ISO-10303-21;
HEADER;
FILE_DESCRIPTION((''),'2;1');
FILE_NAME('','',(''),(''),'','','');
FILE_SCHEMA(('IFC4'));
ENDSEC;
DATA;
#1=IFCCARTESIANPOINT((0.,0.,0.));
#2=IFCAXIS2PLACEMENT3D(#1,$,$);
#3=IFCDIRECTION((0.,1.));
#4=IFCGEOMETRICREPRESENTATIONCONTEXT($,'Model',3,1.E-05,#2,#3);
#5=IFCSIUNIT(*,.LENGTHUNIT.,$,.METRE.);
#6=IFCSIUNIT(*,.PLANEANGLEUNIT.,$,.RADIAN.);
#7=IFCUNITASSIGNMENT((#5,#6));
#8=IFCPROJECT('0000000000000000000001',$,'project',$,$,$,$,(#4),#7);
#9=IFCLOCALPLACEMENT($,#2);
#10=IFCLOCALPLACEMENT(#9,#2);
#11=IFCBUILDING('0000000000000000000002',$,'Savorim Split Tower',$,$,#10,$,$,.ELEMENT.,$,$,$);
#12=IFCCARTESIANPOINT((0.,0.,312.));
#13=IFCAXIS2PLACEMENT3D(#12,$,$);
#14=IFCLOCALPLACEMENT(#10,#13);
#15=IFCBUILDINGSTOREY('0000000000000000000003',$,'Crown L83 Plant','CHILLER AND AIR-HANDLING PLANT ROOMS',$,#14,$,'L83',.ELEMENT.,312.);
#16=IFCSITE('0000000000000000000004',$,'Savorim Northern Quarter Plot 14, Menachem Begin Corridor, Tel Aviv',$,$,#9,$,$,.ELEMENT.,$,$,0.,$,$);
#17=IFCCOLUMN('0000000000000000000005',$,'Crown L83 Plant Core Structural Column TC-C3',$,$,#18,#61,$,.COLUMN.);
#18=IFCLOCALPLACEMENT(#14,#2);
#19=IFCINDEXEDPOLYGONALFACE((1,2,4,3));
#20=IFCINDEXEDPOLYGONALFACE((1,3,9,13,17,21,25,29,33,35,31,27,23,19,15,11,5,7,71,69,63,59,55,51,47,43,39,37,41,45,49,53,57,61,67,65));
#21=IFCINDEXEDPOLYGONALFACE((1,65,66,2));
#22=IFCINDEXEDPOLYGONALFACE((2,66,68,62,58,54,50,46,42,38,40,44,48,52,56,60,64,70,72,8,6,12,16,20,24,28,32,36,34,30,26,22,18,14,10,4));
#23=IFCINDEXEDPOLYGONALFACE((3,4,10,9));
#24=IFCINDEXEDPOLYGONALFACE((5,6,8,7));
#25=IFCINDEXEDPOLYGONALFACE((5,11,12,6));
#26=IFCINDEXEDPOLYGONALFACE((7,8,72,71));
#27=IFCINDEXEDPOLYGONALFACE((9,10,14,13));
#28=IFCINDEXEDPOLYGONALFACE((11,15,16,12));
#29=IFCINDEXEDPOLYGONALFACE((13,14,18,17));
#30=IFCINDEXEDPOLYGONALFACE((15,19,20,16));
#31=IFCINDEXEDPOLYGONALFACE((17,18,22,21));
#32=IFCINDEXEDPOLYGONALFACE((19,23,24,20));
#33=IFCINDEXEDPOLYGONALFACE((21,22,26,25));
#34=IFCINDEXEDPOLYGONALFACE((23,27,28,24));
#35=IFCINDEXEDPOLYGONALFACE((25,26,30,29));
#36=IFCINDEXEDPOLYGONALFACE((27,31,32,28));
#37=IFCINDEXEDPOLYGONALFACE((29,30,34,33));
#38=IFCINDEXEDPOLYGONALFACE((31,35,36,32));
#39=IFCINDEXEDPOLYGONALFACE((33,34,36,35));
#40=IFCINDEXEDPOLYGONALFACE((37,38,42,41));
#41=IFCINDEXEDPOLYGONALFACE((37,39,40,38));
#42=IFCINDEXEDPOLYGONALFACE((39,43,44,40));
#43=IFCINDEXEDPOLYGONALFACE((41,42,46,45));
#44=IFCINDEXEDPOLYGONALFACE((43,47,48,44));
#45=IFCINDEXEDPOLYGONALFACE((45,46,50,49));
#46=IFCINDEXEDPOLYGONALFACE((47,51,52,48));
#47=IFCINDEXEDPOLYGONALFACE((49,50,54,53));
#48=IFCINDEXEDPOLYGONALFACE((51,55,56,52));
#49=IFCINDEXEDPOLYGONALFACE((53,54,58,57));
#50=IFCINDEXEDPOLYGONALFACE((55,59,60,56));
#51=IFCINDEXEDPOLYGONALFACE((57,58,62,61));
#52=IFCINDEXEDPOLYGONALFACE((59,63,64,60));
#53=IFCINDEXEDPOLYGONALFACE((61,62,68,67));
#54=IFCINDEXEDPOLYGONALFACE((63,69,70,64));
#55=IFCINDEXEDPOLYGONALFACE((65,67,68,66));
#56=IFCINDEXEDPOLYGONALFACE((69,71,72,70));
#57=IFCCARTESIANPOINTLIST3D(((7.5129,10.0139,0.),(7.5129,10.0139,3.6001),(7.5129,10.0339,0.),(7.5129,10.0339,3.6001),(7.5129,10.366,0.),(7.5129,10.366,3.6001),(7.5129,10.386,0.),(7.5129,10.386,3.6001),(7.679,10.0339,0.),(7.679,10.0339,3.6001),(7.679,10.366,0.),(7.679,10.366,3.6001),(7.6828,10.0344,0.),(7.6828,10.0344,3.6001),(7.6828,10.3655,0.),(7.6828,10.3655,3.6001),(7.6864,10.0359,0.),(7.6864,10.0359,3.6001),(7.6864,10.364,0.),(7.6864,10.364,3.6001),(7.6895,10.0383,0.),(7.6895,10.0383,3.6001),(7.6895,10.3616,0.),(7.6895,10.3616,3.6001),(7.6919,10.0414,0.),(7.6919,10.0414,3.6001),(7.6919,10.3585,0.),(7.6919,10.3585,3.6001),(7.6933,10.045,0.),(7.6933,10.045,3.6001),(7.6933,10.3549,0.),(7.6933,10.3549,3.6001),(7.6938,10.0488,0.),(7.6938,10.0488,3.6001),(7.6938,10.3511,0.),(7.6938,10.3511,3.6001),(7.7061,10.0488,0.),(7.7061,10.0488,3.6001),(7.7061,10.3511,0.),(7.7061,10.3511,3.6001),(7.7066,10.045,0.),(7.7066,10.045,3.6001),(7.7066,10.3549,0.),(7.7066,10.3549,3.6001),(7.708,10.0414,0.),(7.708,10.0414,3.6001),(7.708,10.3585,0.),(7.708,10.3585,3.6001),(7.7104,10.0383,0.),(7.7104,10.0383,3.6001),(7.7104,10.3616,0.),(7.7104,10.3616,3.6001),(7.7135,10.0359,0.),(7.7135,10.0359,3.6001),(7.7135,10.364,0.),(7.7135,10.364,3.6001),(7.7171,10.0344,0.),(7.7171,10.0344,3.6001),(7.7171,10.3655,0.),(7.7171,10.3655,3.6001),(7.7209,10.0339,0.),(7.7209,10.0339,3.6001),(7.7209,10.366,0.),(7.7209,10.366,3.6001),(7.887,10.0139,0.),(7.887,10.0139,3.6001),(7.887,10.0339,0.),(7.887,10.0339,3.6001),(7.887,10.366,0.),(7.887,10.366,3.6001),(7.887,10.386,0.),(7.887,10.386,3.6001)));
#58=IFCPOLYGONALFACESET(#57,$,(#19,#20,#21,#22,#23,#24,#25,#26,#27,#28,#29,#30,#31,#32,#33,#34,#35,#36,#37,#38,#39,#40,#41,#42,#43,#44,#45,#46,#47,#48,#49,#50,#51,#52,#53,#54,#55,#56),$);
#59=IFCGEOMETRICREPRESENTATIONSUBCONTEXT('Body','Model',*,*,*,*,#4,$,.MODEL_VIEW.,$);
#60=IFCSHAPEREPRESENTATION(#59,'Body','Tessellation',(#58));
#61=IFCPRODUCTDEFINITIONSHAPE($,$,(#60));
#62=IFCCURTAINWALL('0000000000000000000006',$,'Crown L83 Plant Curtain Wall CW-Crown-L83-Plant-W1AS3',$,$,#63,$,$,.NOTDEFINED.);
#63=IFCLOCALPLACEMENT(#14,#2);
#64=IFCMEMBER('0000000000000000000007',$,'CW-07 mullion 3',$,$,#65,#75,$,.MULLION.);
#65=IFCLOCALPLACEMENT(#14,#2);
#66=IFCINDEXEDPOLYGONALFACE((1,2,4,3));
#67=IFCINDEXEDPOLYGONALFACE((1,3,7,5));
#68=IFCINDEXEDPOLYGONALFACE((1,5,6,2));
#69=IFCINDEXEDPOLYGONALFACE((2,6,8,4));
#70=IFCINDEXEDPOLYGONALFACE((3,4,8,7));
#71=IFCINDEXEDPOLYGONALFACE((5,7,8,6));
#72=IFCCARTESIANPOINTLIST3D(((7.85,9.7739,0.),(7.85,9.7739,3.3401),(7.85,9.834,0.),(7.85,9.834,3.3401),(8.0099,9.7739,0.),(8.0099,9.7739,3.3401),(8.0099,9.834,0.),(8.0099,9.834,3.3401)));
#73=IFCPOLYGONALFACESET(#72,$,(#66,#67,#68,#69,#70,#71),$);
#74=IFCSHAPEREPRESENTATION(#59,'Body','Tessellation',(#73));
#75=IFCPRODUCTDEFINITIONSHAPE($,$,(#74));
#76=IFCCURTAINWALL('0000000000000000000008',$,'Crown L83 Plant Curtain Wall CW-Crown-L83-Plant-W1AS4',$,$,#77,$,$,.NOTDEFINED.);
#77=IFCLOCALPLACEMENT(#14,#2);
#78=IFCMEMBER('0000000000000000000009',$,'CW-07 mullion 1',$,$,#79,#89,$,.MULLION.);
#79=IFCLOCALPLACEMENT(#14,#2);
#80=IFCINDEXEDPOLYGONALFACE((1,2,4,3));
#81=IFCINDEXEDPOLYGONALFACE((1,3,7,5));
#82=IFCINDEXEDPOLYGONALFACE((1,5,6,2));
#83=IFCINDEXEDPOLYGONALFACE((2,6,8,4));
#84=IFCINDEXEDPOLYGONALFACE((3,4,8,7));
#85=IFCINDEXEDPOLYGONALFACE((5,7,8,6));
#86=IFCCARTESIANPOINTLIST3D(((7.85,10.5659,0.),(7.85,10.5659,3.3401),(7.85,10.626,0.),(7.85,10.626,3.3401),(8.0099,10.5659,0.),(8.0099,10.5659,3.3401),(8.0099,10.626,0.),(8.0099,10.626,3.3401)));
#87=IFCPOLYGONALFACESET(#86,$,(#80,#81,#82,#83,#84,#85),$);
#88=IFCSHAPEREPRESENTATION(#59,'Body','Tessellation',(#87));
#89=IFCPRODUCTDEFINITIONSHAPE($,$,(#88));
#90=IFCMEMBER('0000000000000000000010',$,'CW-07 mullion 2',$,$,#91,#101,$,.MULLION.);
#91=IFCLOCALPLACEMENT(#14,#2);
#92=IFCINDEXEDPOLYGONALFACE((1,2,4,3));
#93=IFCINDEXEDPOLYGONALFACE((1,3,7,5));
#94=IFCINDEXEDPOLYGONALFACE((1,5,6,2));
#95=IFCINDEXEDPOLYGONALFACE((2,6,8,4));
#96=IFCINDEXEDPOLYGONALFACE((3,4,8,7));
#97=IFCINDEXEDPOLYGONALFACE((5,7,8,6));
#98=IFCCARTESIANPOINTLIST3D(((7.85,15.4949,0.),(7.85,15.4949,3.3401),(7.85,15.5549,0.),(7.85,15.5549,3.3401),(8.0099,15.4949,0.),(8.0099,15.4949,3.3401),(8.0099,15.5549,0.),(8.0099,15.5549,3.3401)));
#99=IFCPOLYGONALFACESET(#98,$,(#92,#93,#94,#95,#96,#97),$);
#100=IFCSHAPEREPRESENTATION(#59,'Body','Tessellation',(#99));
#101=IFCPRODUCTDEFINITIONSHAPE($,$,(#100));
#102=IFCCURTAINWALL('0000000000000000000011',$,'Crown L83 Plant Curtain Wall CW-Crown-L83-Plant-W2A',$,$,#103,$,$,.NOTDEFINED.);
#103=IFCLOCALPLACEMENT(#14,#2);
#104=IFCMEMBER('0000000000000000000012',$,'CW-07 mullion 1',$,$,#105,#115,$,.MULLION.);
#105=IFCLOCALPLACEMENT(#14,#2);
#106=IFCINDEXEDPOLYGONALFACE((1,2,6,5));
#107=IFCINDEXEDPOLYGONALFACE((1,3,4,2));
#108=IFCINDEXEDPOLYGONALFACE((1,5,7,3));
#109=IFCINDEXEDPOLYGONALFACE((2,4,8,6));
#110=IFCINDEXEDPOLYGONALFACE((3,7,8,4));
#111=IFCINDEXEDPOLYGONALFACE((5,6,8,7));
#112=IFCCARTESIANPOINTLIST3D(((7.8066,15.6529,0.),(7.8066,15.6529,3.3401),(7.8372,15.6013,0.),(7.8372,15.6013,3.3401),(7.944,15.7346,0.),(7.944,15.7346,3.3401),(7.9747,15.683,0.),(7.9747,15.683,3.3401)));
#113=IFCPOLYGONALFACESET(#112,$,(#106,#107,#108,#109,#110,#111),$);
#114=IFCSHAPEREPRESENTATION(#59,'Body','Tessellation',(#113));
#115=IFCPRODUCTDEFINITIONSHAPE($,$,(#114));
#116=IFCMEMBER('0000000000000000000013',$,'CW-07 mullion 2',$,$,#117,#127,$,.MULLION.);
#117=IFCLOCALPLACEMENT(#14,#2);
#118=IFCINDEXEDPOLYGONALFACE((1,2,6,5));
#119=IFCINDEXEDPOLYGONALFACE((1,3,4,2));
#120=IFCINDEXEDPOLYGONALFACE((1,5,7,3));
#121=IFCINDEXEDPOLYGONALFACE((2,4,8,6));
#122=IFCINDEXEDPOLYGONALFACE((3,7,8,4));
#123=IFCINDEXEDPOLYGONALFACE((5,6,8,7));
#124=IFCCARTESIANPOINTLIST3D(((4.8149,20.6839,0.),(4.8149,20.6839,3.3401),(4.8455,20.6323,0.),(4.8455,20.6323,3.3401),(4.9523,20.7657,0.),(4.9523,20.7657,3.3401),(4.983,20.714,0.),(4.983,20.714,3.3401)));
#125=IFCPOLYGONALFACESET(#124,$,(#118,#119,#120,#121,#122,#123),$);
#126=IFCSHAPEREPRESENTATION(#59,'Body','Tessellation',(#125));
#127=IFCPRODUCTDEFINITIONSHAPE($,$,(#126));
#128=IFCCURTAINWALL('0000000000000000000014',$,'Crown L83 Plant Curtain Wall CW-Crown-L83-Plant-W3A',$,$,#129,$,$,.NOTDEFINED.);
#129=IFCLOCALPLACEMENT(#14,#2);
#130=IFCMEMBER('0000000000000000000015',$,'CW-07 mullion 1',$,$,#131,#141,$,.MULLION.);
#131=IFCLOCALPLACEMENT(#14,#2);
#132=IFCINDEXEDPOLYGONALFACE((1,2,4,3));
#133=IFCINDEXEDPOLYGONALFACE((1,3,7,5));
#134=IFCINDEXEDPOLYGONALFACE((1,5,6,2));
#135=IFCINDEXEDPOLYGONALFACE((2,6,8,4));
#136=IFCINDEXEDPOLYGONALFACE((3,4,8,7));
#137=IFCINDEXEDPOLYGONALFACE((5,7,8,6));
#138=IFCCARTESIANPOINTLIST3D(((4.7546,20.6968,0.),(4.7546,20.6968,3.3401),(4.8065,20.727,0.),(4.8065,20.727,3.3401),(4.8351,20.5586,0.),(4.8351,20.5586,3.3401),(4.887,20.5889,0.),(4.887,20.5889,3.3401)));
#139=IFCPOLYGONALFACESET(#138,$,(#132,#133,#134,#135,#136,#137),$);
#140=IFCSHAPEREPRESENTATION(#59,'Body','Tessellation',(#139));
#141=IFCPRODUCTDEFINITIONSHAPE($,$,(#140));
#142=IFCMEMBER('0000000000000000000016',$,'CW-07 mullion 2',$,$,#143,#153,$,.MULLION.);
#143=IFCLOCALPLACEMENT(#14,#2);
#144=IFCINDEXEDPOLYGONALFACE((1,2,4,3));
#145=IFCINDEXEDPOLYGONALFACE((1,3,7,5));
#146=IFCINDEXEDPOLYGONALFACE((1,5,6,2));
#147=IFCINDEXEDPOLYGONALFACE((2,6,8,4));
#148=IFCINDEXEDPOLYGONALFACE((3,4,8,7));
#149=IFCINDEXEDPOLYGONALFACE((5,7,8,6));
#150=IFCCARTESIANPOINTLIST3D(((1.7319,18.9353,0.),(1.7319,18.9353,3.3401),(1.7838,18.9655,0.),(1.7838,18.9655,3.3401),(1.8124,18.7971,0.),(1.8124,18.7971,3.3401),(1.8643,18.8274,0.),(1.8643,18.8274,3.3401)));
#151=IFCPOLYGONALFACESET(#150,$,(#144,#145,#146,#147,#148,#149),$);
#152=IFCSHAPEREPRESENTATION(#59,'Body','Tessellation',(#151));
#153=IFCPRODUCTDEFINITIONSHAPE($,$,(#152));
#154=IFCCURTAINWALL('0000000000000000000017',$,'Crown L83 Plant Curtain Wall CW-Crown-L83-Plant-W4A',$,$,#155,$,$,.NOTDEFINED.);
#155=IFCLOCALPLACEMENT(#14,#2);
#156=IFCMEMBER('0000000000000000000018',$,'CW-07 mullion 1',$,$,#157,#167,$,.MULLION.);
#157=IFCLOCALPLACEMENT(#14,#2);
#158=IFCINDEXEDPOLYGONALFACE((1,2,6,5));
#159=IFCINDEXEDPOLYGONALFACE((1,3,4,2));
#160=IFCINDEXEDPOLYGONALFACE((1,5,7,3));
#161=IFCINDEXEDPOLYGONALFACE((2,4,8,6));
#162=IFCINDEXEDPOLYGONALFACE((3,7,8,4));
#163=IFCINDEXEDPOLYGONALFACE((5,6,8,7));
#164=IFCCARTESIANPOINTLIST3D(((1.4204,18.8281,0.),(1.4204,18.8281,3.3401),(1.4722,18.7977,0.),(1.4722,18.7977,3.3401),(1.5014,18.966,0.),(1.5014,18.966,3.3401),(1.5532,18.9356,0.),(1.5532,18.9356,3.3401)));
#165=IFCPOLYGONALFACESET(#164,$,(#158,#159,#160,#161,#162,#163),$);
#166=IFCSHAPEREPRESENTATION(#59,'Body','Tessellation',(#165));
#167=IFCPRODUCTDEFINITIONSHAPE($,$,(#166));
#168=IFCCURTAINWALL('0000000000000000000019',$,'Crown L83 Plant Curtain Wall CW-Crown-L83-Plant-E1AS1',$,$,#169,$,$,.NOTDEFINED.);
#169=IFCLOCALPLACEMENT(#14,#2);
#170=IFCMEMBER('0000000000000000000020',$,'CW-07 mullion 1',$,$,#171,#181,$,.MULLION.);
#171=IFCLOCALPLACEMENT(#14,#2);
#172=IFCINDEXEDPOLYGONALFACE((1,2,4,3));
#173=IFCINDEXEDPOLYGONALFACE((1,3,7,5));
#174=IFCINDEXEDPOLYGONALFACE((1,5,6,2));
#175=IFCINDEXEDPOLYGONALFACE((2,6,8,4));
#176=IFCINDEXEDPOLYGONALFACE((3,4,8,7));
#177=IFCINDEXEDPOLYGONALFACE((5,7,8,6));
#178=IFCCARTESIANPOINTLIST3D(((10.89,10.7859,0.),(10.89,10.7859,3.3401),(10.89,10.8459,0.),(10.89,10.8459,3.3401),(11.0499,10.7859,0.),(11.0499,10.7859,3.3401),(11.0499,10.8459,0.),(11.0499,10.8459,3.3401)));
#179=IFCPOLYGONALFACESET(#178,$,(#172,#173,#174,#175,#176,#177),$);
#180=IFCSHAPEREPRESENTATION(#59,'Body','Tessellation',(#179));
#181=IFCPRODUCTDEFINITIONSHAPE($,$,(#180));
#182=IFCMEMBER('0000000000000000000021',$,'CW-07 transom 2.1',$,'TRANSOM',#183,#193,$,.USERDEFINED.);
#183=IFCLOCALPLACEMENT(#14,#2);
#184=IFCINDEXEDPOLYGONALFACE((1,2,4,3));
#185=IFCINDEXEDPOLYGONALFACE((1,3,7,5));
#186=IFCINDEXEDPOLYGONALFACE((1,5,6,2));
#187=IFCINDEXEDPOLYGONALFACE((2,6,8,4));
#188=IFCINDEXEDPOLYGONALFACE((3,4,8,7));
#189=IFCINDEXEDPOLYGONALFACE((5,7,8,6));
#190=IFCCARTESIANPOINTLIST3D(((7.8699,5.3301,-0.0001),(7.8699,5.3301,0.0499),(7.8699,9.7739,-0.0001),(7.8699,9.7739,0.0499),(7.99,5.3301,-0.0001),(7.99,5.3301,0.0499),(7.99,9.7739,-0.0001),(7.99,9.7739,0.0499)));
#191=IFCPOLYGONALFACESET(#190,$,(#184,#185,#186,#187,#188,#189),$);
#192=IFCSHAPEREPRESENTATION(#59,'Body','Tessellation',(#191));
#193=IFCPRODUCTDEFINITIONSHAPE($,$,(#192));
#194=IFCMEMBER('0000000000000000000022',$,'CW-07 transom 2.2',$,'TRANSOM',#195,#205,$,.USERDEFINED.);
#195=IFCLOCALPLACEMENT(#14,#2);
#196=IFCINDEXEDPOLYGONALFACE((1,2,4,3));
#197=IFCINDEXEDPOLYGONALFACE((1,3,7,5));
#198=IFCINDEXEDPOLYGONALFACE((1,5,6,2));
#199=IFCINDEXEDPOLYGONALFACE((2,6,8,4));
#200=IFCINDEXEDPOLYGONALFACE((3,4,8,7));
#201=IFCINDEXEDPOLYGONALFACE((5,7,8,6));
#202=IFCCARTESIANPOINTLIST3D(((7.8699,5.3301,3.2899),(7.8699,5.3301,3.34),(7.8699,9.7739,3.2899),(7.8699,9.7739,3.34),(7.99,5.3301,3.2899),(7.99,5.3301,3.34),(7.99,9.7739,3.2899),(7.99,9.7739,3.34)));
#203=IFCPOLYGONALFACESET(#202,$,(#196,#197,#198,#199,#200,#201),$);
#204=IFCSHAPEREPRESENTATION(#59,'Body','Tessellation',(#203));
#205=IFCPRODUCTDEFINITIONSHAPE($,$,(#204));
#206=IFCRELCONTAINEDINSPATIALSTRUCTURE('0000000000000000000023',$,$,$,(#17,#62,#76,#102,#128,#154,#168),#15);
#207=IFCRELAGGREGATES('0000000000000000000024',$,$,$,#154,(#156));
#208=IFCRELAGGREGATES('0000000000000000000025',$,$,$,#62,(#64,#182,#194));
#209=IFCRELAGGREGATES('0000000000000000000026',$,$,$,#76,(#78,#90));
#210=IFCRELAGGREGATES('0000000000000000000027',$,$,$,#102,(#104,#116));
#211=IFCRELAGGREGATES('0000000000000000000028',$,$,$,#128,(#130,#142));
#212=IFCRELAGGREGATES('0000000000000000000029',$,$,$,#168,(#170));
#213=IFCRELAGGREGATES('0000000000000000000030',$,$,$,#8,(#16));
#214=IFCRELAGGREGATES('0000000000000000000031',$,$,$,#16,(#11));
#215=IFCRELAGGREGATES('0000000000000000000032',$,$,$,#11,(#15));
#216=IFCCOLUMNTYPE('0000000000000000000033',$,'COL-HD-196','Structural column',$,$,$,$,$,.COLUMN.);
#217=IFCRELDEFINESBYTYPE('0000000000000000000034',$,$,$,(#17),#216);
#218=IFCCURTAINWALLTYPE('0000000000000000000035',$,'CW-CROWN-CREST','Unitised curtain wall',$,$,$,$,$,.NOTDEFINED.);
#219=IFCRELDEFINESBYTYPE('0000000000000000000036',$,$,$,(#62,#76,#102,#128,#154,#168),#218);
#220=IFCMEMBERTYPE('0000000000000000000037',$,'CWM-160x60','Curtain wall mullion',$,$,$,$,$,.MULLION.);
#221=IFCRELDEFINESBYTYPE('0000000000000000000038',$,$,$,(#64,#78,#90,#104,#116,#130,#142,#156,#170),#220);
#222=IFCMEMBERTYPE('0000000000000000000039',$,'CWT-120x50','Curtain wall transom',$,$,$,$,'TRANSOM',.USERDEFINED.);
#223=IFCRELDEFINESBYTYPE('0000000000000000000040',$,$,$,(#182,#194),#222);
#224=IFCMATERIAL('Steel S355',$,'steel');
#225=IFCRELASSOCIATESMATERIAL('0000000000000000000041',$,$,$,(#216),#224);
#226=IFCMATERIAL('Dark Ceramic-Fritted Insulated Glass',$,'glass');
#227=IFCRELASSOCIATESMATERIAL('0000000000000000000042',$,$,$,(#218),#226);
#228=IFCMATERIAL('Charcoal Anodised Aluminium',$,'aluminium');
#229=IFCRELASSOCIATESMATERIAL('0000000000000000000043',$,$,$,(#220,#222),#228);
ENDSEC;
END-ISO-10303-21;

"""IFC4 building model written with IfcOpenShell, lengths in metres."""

from ifc_helpers import new_model, si_unit, direction, frame, origin, origin_2d, place, context, subcontext, project, spatial, rectangle, i_section, extrude, material, material_profile, profile_set, type_object, element, aggregate, save


model = new_model("IFC4")

# Units and contexts
model_context = context("Model", 3, precision=1e-05, world=origin(), true_north=direction((0.0, 1.0)))
body_context = subcontext(model_context, "Body", "Model", "MODEL_VIEW")
ifc_project = project(units=[si_unit("LENGTHUNIT", "METRE"), si_unit("PLANEANGLEUNIT", "RADIAN")], contexts=[model_context])

# Site, building, storey
site_placement = place(None, origin())
site = spatial("IfcSite", under=ifc_project, at=site_placement, Name="Savorim Northern Quarter Plot 14, Menachem Begin Corridor, Tel Aviv", CompositionType="ELEMENT", RefElevation=0.0)
building_placement = place(site_placement, origin())
building = spatial("IfcBuilding", under=site, at=building_placement, Name="Savorim Split Tower", CompositionType="ELEMENT")
storey_placement = place(building_placement, frame((0.0, 0.0, 312.0)))
storey = spatial("IfcBuildingStorey", under=building, at=storey_placement, Name="Crown L83 Plant", Description="CHILLER AND AIR-HANDLING PLANT ROOMS", LongName="L83", CompositionType="ELEMENT", Elevation=312.0)

# Column
ifc_material_1 = material(Name="Steel S355", Category="steel")
ifc_material_profile_1 = material_profile(ifc_material_1, i_section(OverallWidth=0.374, OverallDepth=0.3721, WebThickness=0.0122, FlangeThickness=0.02, FilletRadius=0.0149, at=origin_2d()), Name="HD 360x196")
ifc_profile_set_1 = profile_set([ifc_material_profile_1], Name="Steel S355")
column_type = type_object("IfcColumnType", Name="COL-HD-196", Description="Structural column", PredefinedType="COLUMN", material=ifc_profile_set_1)
column_placement = place(storey_placement, frame((7.7, 10.2, 0.0), z_axis=(0.0, 0.0, 1.0), x_axis=(1.0, 0.0, 0.0)))
element("IfcColumn", 1, at=column_placement, inside=storey, type_object=column_type, Name="Crown L83 Plant Core Structural Column TC-C3", PredefinedType="COLUMN", context=body_context, shape_type="SweptSolid", body=[
    extrude(i_section(OverallWidth=0.374, OverallDepth=0.3721, WebThickness=0.0122, FlangeThickness=0.02, FilletRadius=0.0149, at=origin_2d()), origin(), (0.0, 0.0, 1.0), 3.6001),
])

# Curtain wall, member
ifc_material_2 = material(Name="Dark Ceramic-Fritted Insulated Glass", Category="glass")
curtain_wall_type = type_object("IfcCurtainWallType", Name="CW-CROWN-CREST", Description="Unitised curtain wall", PredefinedType="NOTDEFINED", material=ifc_material_2)
curtain_wall_1_placement = place(storey_placement, origin())
curtain_wall_1 = element("IfcCurtainWall", 2, at=curtain_wall_1_placement, inside=storey, type_object=curtain_wall_type, Name="Crown L83 Plant Curtain Wall CW-Crown-L83-Plant-W1AS3", PredefinedType="NOTDEFINED")
ifc_material_3 = material(Name="Charcoal Anodised Aluminium", Category="aluminium")
ifc_material_profile_2 = material_profile(ifc_material_3, rectangle(XDim=0.1599, YDim=0.0601, at=origin_2d()), Name="ALU-M 160x60")
ifc_profile_set_2 = profile_set([ifc_material_profile_2], Name="Charcoal Anodised Aluminium")
member_type_1 = type_object("IfcMemberType", Name="CWM-160x60", Description="Curtain wall mullion", PredefinedType="MULLION", material=ifc_profile_set_2)
member_1_placement = place(storey_placement, frame((7.9299, 9.804, 0.0), z_axis=(0.0, 0.0, 1.0), x_axis=(-1.0, 0.0, 0.0)))
member_1 = element("IfcMember", 3, at=member_1_placement, type_object=member_type_1, Name="CW-07 mullion 3", PredefinedType="MULLION", context=body_context, shape_type="SweptSolid", body=[
    extrude(rectangle(XDim=0.1599, YDim=0.0601, at=origin_2d()), origin(), (0.0, 0.0, 1.0), 3.3401),
])

# Curtain walls, members
curtain_wall_2_placement = place(storey_placement, origin())
curtain_wall_2 = element("IfcCurtainWall", 4, at=curtain_wall_2_placement, inside=storey, type_object=curtain_wall_type, Name="Crown L83 Plant Curtain Wall CW-Crown-L83-Plant-W1AS4", PredefinedType="NOTDEFINED")
member_2_placement = place(storey_placement, frame((7.9299, 10.5959, 0.0), z_axis=(0.0, 0.0, 1.0), x_axis=(-1.0, 0.0, 0.0)))
member_2 = element("IfcMember", 5, at=member_2_placement, type_object=member_type_1, Name="CW-07 mullion 1", PredefinedType="MULLION", context=body_context, shape_type="SweptSolid", body=[
    extrude(rectangle(XDim=0.1599, YDim=0.0601, at=origin_2d()), origin(), (0.0, 0.0, 1.0), 3.3401),
])
member_3_placement = place(storey_placement, frame((7.9299, 15.5249, 0.0), z_axis=(0.0, 0.0, 1.0), x_axis=(-1.0, 0.0, 0.0)))
member_3 = element("IfcMember", 6, at=member_3_placement, type_object=member_type_1, Name="CW-07 mullion 2", PredefinedType="MULLION", context=body_context, shape_type="SweptSolid", body=[
    extrude(rectangle(XDim=0.1599, YDim=0.0601, at=origin_2d()), origin(), (0.0, 0.0, 1.0), 3.3401),
])
curtain_wall_3_placement = place(storey_placement, origin())
curtain_wall_3 = element("IfcCurtainWall", 7, at=curtain_wall_3_placement, inside=storey, type_object=curtain_wall_type, Name="Crown L83 Plant Curtain Wall CW-Crown-L83-Plant-W2A", PredefinedType="NOTDEFINED")
member_4_placement = place(storey_placement, frame((7.8906, 15.668, 0.0), z_axis=(0.0, 0.0, 1.0), x_axis=(-0.85952, -0.511102, 0.0)))
member_4 = element("IfcMember", 8, at=member_4_placement, type_object=member_type_1, Name="CW-07 mullion 1", PredefinedType="MULLION", context=body_context, shape_type="SweptSolid", body=[
    extrude(rectangle(XDim=0.1599, YDim=0.0601, at=origin_2d()), origin(), (0.0, 0.0, 1.0), 3.3401),
])
member_5_placement = place(storey_placement, frame((4.8989, 20.699, 0.0), z_axis=(0.0, 0.0, 1.0), x_axis=(-0.85952, -0.511102, 0.0)))
member_5 = element("IfcMember", 9, at=member_5_placement, type_object=member_type_1, Name="CW-07 mullion 2", PredefinedType="MULLION", context=body_context, shape_type="SweptSolid", body=[
    extrude(rectangle(XDim=0.1599, YDim=0.0601, at=origin_2d()), origin(), (0.0, 0.0, 1.0), 3.3401),
])
curtain_wall_4_placement = place(storey_placement, origin())
curtain_wall_4 = element("IfcCurtainWall", 10, at=curtain_wall_4_placement, inside=storey, type_object=curtain_wall_type, Name="Crown L83 Plant Curtain Wall CW-Crown-L83-Plant-W3A", PredefinedType="NOTDEFINED")
member_6_placement = place(storey_placement, frame((4.8208, 20.6428, 0.0), z_axis=(0.0, 0.0, 1.0), x_axis=(0.503523, -0.863982, 0.0)))
member_6 = element("IfcMember", 11, at=member_6_placement, type_object=member_type_1, Name="CW-07 mullion 1", PredefinedType="MULLION", context=body_context, shape_type="SweptSolid", body=[
    extrude(rectangle(XDim=0.1599, YDim=0.0601, at=origin_2d()), origin(), (0.0, 0.0, 1.0), 3.3401),
])
member_7_placement = place(storey_placement, frame((1.7981, 18.8813, 0.0), z_axis=(0.0, 0.0, 1.0), x_axis=(0.503523, -0.863982, 0.0)))
member_7 = element("IfcMember", 12, at=member_7_placement, type_object=member_type_1, Name="CW-07 mullion 2", PredefinedType="MULLION", context=body_context, shape_type="SweptSolid", body=[
    extrude(rectangle(XDim=0.1599, YDim=0.0601, at=origin_2d()), origin(), (0.0, 0.0, 1.0), 3.3401),
])

# Curtain walls, members
curtain_wall_5_placement = place(storey_placement, origin())
curtain_wall_5 = element("IfcCurtainWall", 13, at=curtain_wall_5_placement, inside=storey, type_object=curtain_wall_type, Name="Crown L83 Plant Curtain Wall CW-Crown-L83-Plant-W4A", PredefinedType="NOTDEFINED")
member_8_placement = place(storey_placement, frame((1.4868, 18.8818, 0.0), z_axis=(0.0, 0.0, 1.0), x_axis=(-0.506699, -0.862123, 0.0)))
member_8 = element("IfcMember", 14, at=member_8_placement, type_object=member_type_1, Name="CW-07 mullion 1", PredefinedType="MULLION", context=body_context, shape_type="SweptSolid", body=[
    extrude(rectangle(XDim=0.1599, YDim=0.0601, at=origin_2d()), origin(), (0.0, 0.0, 1.0), 3.3401),
])
curtain_wall_6_placement = place(storey_placement, origin())
curtain_wall_6 = element("IfcCurtainWall", 15, at=curtain_wall_6_placement, inside=storey, type_object=curtain_wall_type, Name="Crown L83 Plant Curtain Wall CW-Crown-L83-Plant-E1AS1", PredefinedType="NOTDEFINED")
member_9_placement = place(storey_placement, frame((10.97, 10.8159, 0.0), z_axis=(0.0, 0.0, 1.0), x_axis=(1.0, 0.0, 0.0)))
member_9 = element("IfcMember", 16, at=member_9_placement, type_object=member_type_1, Name="CW-07 mullion 1", PredefinedType="MULLION", context=body_context, shape_type="SweptSolid", body=[
    extrude(rectangle(XDim=0.1599, YDim=0.0601, at=origin_2d()), origin(), (0.0, 0.0, 1.0), 3.3401),
])

# Members
ifc_material_profile_3 = material_profile(ifc_material_3, rectangle(XDim=0.1201, YDim=0.05, at=origin_2d()), Name="ALU-T 120x50")
ifc_profile_set_3 = profile_set([ifc_material_profile_3], Name="Charcoal Anodised Aluminium")
member_type_2 = type_object("IfcMemberType", Name="CWT-120x50", Description="Curtain wall transom", ElementType="TRANSOM", PredefinedType="USERDEFINED", material=ifc_profile_set_3)
member_10_placement = place(storey_placement, frame((7.9299, 5.3301, 0.0249), z_axis=(0.0, 1.0, 0.0), x_axis=(-1.0, 0.0, 0.0)))
member_10 = element("IfcMember", 17, at=member_10_placement, type_object=member_type_2, Name="CW-07 transom 2.1", ObjectType="TRANSOM", PredefinedType="USERDEFINED", context=body_context, shape_type="SweptSolid", body=[
    extrude(rectangle(XDim=0.1201, YDim=0.05, at=origin_2d()), origin(), (0.0, 0.0, 1.0), 4.4438),
])
member_11_placement = place(storey_placement, frame((7.9299, 5.3301, 3.3149), z_axis=(0.0, 1.0, 0.0), x_axis=(-1.0, 0.0, 0.0)))
member_11 = element("IfcMember", 18, at=member_11_placement, type_object=member_type_2, Name="CW-07 transom 2.2", ObjectType="TRANSOM", PredefinedType="USERDEFINED", context=body_context, shape_type="SweptSolid", body=[
    extrude(rectangle(XDim=0.1201, YDim=0.05, at=origin_2d()), origin(), (0.0, 0.0, 1.0), 4.4438),
])
aggregate(curtain_wall_5, [member_8])

aggregate(curtain_wall_1, [member_1, member_10, member_11])
aggregate(curtain_wall_2, [member_2, member_3])
aggregate(curtain_wall_3, [member_4, member_5])
aggregate(curtain_wall_4, [member_6, member_7])
aggregate(curtain_wall_6, [member_9])

save(model, "model.ifc")
